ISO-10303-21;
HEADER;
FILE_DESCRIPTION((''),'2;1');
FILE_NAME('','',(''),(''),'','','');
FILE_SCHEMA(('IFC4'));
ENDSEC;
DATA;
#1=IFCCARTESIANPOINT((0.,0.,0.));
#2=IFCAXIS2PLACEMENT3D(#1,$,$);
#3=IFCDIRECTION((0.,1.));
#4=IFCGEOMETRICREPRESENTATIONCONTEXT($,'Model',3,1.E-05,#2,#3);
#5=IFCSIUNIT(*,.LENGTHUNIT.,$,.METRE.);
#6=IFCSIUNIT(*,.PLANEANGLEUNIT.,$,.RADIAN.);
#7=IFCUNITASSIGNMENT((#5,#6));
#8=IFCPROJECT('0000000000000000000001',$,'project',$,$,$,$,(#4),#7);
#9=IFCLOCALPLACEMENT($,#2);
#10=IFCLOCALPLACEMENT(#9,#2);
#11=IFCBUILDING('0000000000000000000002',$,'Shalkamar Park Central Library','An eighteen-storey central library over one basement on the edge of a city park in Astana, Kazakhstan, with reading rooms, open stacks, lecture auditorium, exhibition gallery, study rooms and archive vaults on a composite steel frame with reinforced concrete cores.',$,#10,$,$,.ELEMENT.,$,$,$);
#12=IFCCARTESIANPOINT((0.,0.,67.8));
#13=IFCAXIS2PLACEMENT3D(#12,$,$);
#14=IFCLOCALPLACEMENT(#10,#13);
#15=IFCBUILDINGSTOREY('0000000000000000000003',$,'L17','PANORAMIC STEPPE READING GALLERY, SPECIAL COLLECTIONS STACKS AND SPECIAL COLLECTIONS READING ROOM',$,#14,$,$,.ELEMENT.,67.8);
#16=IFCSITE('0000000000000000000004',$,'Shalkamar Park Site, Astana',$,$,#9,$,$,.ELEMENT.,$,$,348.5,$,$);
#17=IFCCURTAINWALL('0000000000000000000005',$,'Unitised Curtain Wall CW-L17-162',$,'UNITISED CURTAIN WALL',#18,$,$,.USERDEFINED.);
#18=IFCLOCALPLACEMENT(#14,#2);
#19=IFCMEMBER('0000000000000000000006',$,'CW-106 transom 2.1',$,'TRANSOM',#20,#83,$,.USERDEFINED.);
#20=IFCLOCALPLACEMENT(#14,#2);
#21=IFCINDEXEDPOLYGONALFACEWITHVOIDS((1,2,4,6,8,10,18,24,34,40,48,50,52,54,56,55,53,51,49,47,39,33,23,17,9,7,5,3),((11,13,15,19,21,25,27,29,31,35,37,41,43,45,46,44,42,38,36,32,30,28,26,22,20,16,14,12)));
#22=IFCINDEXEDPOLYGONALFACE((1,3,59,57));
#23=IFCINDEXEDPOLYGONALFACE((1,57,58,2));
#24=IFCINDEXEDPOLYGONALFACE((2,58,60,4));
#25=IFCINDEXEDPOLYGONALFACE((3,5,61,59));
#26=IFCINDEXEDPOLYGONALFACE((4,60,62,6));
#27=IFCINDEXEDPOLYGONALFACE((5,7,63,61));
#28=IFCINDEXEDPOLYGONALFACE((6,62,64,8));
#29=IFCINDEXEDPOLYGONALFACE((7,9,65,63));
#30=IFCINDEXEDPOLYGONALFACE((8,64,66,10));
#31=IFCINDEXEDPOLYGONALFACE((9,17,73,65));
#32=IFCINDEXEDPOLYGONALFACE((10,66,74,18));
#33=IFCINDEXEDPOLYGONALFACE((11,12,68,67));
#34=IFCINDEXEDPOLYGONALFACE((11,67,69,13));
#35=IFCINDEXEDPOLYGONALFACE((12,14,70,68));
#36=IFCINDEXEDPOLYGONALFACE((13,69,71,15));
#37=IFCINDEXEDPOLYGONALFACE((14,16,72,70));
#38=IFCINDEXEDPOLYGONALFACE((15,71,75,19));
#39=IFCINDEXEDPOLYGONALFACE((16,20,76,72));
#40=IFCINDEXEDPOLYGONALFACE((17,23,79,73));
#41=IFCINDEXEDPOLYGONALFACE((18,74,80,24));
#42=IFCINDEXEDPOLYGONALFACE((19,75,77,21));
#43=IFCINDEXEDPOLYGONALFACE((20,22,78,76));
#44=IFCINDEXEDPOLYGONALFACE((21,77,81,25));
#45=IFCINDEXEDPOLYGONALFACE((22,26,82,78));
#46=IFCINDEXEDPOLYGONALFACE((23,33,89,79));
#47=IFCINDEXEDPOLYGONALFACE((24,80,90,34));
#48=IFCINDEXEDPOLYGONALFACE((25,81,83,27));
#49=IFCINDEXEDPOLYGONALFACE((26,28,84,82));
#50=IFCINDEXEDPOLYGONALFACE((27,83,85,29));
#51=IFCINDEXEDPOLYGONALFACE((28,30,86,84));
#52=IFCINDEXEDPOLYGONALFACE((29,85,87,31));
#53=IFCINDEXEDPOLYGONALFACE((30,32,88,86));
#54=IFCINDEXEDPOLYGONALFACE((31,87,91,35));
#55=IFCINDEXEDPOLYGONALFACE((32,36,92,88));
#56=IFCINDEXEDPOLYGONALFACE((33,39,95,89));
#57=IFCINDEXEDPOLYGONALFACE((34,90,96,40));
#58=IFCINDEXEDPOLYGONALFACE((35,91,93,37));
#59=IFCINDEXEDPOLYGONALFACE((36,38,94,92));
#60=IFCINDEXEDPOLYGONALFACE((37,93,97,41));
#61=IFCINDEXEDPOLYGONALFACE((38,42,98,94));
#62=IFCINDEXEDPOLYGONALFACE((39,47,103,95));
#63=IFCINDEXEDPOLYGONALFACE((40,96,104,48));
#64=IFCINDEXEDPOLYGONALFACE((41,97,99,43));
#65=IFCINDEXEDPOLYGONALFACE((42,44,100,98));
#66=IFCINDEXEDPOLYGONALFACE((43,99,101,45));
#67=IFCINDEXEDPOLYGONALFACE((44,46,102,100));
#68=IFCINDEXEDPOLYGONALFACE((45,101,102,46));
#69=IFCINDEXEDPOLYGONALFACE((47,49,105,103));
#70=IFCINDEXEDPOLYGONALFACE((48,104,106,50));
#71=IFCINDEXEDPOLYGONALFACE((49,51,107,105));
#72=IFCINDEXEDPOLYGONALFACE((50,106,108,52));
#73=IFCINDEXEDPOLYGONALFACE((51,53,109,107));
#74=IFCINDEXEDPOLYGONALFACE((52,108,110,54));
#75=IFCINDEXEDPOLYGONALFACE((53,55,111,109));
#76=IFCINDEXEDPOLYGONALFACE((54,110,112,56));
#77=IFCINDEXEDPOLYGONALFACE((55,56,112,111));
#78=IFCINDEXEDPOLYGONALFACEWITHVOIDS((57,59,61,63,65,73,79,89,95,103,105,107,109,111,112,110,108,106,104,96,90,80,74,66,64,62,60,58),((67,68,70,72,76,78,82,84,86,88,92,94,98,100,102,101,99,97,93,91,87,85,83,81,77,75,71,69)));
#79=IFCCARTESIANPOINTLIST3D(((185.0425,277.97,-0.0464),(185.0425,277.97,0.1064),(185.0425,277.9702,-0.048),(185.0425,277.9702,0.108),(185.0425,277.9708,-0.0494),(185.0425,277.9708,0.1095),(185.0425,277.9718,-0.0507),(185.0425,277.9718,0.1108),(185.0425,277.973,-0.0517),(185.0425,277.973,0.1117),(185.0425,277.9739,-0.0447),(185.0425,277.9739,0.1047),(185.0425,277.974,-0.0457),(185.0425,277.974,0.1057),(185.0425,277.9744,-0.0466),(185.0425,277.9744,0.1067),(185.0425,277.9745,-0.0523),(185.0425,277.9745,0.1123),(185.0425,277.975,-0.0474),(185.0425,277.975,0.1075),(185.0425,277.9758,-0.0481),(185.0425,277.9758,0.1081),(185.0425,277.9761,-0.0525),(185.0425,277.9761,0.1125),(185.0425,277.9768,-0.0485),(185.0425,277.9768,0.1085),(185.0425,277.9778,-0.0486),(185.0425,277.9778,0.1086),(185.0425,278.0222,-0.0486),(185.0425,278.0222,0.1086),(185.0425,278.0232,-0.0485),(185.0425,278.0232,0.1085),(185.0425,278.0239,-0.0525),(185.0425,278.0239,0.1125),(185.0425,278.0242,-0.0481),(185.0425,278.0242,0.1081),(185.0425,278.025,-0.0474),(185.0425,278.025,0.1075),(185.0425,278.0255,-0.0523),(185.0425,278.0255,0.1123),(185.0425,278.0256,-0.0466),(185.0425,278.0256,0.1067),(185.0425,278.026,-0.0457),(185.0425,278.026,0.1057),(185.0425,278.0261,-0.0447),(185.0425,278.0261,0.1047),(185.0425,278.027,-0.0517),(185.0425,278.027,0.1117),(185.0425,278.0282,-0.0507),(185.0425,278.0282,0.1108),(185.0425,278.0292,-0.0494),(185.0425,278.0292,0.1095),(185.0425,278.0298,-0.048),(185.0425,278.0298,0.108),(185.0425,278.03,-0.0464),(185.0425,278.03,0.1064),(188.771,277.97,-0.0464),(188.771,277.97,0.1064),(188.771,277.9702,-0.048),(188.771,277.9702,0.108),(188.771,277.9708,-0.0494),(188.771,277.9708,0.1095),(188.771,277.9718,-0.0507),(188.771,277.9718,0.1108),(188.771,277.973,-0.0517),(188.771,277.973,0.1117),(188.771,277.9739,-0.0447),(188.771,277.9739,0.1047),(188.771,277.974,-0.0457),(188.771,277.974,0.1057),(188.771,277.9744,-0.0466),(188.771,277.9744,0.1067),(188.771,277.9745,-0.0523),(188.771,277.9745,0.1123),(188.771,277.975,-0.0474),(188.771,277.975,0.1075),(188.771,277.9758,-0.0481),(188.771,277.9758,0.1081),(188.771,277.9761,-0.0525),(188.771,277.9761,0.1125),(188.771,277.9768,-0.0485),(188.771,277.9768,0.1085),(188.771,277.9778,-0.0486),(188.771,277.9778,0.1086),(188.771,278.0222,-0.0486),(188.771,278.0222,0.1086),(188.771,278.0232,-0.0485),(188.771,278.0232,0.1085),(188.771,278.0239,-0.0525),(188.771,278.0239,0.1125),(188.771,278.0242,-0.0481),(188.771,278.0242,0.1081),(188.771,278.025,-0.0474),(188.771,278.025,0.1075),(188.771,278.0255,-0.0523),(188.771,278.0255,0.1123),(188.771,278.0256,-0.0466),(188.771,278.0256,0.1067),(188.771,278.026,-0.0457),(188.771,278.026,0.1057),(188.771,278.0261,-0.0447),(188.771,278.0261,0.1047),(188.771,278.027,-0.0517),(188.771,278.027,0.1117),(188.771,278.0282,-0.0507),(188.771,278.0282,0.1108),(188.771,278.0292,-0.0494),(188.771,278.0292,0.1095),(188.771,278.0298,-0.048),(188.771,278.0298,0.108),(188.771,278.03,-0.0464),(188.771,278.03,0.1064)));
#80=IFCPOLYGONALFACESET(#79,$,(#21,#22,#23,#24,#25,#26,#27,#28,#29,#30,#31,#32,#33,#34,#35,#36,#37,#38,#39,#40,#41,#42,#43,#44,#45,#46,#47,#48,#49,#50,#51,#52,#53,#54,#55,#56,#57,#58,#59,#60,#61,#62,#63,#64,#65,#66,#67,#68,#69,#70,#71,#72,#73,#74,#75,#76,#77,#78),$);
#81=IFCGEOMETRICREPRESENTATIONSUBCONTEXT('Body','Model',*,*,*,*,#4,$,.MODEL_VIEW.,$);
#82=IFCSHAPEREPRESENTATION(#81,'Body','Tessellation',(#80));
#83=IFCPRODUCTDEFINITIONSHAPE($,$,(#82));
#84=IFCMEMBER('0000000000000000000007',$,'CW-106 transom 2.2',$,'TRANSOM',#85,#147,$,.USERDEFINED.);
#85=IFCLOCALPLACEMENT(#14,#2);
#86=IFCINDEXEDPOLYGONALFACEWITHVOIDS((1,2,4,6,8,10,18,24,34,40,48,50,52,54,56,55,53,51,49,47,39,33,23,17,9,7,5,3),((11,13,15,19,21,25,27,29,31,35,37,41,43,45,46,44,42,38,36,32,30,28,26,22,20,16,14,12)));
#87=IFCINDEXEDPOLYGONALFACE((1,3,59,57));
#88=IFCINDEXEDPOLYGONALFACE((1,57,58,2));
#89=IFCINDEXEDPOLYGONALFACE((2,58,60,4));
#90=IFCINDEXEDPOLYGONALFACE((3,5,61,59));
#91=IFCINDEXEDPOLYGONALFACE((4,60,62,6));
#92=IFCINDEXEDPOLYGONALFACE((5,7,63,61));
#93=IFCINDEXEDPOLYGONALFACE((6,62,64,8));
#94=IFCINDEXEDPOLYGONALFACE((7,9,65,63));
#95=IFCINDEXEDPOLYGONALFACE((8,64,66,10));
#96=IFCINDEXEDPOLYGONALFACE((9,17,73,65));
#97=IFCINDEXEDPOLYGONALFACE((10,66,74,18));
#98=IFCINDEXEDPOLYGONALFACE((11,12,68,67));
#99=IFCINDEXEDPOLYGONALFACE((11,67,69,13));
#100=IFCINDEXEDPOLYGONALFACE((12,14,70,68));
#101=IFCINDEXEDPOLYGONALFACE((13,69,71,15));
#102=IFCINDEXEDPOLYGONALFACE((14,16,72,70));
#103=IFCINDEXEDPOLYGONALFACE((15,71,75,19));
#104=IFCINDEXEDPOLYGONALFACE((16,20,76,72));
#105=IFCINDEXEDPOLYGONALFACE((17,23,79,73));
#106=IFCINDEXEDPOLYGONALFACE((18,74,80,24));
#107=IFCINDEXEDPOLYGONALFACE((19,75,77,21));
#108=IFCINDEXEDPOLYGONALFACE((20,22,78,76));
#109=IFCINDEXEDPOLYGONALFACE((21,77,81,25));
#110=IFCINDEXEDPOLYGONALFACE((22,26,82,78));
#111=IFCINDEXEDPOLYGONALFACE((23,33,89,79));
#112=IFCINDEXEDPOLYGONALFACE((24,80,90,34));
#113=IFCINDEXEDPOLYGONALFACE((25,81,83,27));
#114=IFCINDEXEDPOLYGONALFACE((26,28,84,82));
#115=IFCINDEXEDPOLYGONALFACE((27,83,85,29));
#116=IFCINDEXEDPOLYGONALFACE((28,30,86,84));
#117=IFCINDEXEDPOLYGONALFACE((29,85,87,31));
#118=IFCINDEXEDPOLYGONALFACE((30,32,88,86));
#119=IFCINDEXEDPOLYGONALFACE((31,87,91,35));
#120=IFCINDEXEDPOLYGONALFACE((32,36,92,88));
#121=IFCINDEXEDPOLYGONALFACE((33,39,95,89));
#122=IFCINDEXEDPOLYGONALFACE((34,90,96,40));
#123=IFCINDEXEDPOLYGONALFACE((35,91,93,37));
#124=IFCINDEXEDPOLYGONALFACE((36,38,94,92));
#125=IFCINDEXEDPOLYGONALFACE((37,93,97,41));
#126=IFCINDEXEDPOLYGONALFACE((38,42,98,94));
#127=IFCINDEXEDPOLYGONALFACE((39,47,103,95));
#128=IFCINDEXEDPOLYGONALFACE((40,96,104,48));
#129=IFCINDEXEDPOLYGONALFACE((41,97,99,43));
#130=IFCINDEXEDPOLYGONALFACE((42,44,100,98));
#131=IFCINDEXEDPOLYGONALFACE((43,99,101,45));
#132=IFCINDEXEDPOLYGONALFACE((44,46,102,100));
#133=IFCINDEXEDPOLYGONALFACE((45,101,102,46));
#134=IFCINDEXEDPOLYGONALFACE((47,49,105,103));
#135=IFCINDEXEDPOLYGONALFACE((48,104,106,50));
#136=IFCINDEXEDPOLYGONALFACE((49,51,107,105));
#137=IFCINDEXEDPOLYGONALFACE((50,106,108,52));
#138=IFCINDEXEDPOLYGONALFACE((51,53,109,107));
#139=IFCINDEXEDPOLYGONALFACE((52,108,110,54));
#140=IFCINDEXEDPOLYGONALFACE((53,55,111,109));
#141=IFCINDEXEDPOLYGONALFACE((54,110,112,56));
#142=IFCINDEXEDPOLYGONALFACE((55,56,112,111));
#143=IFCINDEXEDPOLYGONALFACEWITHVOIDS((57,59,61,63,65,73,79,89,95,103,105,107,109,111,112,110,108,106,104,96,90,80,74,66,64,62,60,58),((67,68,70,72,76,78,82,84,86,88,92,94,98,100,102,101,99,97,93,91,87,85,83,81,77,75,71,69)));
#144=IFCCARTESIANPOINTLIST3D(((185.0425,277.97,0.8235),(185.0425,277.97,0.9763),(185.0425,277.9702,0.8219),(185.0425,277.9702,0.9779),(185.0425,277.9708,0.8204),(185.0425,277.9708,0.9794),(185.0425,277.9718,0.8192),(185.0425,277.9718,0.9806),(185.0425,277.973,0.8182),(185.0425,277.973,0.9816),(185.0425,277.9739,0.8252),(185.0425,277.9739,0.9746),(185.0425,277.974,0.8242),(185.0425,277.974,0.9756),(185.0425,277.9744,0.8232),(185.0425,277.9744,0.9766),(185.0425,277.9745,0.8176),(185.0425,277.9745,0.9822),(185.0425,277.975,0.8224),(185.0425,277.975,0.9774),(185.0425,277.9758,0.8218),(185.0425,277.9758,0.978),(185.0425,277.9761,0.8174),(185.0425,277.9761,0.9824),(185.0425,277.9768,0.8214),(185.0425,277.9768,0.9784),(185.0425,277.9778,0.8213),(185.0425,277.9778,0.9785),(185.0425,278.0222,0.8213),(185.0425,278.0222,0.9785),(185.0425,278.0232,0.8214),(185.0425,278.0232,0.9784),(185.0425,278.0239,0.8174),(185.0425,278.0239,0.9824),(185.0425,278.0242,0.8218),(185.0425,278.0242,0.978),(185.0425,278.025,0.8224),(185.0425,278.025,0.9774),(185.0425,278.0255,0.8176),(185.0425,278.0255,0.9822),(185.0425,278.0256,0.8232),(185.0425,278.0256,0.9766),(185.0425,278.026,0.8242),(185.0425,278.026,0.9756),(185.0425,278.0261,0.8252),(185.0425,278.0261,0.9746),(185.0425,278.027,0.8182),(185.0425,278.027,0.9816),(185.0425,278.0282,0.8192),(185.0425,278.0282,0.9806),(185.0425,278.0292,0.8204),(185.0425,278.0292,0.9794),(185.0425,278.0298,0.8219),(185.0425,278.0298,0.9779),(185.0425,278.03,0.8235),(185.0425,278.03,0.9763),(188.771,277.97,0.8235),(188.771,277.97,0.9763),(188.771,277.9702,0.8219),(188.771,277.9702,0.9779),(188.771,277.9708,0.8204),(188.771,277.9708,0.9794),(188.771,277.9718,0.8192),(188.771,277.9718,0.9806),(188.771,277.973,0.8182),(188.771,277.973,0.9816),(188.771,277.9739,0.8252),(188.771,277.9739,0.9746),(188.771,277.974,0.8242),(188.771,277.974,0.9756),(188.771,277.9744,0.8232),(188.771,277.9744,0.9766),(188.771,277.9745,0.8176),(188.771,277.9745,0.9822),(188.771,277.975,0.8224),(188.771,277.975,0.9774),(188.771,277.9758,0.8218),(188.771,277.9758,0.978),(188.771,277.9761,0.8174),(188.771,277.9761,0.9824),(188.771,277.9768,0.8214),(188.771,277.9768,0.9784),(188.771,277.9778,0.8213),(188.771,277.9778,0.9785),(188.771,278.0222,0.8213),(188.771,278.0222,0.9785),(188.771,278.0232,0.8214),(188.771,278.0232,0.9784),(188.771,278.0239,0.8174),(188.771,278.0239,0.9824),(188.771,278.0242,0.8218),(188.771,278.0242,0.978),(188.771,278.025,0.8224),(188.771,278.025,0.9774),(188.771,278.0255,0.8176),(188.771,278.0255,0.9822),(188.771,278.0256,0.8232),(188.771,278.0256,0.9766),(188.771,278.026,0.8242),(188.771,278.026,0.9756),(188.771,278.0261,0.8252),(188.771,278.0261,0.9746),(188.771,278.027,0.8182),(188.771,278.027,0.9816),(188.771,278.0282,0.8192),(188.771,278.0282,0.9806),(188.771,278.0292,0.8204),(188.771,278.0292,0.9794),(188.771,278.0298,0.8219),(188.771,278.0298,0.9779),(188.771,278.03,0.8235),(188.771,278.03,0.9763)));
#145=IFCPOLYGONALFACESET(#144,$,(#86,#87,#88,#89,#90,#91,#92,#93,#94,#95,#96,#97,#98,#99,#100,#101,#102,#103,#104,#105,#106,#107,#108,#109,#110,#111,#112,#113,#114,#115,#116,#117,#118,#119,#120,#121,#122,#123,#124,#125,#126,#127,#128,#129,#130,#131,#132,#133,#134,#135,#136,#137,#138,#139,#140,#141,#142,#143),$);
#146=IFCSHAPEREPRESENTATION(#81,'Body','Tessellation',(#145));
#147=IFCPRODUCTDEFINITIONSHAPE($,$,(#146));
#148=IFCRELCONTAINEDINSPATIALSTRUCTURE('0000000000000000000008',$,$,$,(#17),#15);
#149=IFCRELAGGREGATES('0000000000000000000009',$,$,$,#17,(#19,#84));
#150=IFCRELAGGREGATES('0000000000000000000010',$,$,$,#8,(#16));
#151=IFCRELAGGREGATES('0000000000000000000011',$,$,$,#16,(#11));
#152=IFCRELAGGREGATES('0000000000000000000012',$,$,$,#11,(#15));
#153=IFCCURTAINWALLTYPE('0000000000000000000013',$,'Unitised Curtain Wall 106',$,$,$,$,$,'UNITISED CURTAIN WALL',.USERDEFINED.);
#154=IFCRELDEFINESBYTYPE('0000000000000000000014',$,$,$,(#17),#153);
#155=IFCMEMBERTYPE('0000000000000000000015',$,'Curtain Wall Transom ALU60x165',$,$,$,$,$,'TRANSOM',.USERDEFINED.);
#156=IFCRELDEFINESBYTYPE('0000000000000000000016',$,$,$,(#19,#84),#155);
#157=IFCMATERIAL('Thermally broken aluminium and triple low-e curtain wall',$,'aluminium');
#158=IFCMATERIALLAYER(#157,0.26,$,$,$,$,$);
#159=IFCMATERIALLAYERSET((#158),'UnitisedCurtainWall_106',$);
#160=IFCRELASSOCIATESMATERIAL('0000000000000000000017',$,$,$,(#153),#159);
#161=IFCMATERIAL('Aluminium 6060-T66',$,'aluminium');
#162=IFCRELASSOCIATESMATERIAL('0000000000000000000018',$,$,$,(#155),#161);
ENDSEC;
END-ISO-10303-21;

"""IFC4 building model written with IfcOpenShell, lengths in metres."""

from ifc_helpers import new_model, si_unit, direction, frame, origin, origin_2d, place, context, subcontext, project, spatial, hollow_rectangle, extrude, material, layer, layer_set, material_profile, profile_set, type_object, element, aggregate, save


model = new_model("IFC4")

# Units and contexts
model_context = context("Model", 3, precision=1e-05, world=origin(), true_north=direction((0.0, 1.0)))
body_context = subcontext(model_context, "Body", "Model", "MODEL_VIEW")
ifc_project = project(units=[si_unit("LENGTHUNIT", "METRE"), si_unit("PLANEANGLEUNIT", "RADIAN")], contexts=[model_context])

# Site, building, storey
site_placement = place(None, origin())
site = spatial("IfcSite", under=ifc_project, at=site_placement, Name="Shalkamar Park Site, Astana", CompositionType="ELEMENT", RefElevation=348.5)
building_placement = place(site_placement, origin())
building = spatial("IfcBuilding", under=site, at=building_placement, Name="Shalkamar Park Central Library", Description="An eighteen-storey central library over one basement on the edge of a city park in Astana, Kazakhstan, with reading rooms, open stacks, lecture auditorium, exhibition gallery, study rooms and archive vaults on a composite steel frame with reinforced concrete cores.", CompositionType="ELEMENT")
storey_placement = place(building_placement, frame((0.0, 0.0, 67.8)))
storey = spatial("IfcBuildingStorey", under=building, at=storey_placement, Name="L17", Description="PANORAMIC STEPPE READING GALLERY, SPECIAL COLLECTIONS STACKS AND SPECIAL COLLECTIONS READING ROOM", CompositionType="ELEMENT", Elevation=67.8)

# Curtain wall, members
ifc_material_1 = material(Name="Thermally broken aluminium and triple low-e curtain wall", Category="aluminium")
ifc_layer_1 = layer(ifc_material_1, 0.26)
ifc_layer_set_1 = layer_set([ifc_layer_1], Name="UnitisedCurtainWall_106")
curtain_wall_type = type_object("IfcCurtainWallType", Name="Unitised Curtain Wall 106", ElementType="UNITISED CURTAIN WALL", PredefinedType="USERDEFINED", material=ifc_layer_set_1)
curtain_wall_placement = place(storey_placement, origin())
curtain_wall = element("IfcCurtainWall", 1, at=curtain_wall_placement, inside=storey, type_object=curtain_wall_type, Name="Unitised Curtain Wall CW-L17-162", ObjectType="UNITISED CURTAIN WALL", PredefinedType="USERDEFINED")
ifc_material_2 = material(Name="Aluminium 6060-T66", Category="aluminium")
ifc_material_profile_1 = material_profile(ifc_material_2, hollow_rectangle(XDim=0.0601, YDim=0.165, WallThickness=0.0039, InnerFilletRadius=0.0039, OuterFilletRadius=0.0061, at=origin_2d()), Name="ALU 60x165x4")
ifc_profile_set_1 = profile_set([ifc_material_profile_1], Name="Aluminium 6060-T66")
member_type_1 = type_object("IfcMemberType", Name="Curtain Wall Transom ALU60x165", ElementType="TRANSOM", PredefinedType="USERDEFINED", material=ifc_profile_set_1)
member_1_placement = place(storey_placement, frame((185.0425, 278.0, 0.03), z_axis=(1.0, 0.0, 0.0), x_axis=(0.0, 1.0, 0.0)))
member_1 = element("IfcMember", 2, at=member_1_placement, type_object=member_type_1, Name="CW-106 transom 2.1", ObjectType="TRANSOM", PredefinedType="USERDEFINED", context=body_context, shape_type="SweptSolid", body=[
    extrude(hollow_rectangle(XDim=0.0601, YDim=0.165, WallThickness=0.0039, InnerFilletRadius=0.0039, OuterFilletRadius=0.0061, at=origin_2d()), origin(), (0.0, 0.0, 1.0), 3.7285),
])
member_2_placement = place(storey_placement, frame((185.0425, 278.0, 0.8999), z_axis=(1.0, 0.0, 0.0), x_axis=(0.0, 1.0, 0.0)))
member_2 = element("IfcMember", 3, at=member_2_placement, type_object=member_type_1, Name="CW-106 transom 2.2", ObjectType="TRANSOM", PredefinedType="USERDEFINED", context=body_context, shape_type="SweptSolid", body=[
    extrude(hollow_rectangle(XDim=0.0601, YDim=0.165, WallThickness=0.0039, InnerFilletRadius=0.0039, OuterFilletRadius=0.0061, at=origin_2d()), origin(), (0.0, 0.0, 1.0), 3.7285),
])

aggregate(curtain_wall, [member_1, member_2])

save(model, "model.ifc")
